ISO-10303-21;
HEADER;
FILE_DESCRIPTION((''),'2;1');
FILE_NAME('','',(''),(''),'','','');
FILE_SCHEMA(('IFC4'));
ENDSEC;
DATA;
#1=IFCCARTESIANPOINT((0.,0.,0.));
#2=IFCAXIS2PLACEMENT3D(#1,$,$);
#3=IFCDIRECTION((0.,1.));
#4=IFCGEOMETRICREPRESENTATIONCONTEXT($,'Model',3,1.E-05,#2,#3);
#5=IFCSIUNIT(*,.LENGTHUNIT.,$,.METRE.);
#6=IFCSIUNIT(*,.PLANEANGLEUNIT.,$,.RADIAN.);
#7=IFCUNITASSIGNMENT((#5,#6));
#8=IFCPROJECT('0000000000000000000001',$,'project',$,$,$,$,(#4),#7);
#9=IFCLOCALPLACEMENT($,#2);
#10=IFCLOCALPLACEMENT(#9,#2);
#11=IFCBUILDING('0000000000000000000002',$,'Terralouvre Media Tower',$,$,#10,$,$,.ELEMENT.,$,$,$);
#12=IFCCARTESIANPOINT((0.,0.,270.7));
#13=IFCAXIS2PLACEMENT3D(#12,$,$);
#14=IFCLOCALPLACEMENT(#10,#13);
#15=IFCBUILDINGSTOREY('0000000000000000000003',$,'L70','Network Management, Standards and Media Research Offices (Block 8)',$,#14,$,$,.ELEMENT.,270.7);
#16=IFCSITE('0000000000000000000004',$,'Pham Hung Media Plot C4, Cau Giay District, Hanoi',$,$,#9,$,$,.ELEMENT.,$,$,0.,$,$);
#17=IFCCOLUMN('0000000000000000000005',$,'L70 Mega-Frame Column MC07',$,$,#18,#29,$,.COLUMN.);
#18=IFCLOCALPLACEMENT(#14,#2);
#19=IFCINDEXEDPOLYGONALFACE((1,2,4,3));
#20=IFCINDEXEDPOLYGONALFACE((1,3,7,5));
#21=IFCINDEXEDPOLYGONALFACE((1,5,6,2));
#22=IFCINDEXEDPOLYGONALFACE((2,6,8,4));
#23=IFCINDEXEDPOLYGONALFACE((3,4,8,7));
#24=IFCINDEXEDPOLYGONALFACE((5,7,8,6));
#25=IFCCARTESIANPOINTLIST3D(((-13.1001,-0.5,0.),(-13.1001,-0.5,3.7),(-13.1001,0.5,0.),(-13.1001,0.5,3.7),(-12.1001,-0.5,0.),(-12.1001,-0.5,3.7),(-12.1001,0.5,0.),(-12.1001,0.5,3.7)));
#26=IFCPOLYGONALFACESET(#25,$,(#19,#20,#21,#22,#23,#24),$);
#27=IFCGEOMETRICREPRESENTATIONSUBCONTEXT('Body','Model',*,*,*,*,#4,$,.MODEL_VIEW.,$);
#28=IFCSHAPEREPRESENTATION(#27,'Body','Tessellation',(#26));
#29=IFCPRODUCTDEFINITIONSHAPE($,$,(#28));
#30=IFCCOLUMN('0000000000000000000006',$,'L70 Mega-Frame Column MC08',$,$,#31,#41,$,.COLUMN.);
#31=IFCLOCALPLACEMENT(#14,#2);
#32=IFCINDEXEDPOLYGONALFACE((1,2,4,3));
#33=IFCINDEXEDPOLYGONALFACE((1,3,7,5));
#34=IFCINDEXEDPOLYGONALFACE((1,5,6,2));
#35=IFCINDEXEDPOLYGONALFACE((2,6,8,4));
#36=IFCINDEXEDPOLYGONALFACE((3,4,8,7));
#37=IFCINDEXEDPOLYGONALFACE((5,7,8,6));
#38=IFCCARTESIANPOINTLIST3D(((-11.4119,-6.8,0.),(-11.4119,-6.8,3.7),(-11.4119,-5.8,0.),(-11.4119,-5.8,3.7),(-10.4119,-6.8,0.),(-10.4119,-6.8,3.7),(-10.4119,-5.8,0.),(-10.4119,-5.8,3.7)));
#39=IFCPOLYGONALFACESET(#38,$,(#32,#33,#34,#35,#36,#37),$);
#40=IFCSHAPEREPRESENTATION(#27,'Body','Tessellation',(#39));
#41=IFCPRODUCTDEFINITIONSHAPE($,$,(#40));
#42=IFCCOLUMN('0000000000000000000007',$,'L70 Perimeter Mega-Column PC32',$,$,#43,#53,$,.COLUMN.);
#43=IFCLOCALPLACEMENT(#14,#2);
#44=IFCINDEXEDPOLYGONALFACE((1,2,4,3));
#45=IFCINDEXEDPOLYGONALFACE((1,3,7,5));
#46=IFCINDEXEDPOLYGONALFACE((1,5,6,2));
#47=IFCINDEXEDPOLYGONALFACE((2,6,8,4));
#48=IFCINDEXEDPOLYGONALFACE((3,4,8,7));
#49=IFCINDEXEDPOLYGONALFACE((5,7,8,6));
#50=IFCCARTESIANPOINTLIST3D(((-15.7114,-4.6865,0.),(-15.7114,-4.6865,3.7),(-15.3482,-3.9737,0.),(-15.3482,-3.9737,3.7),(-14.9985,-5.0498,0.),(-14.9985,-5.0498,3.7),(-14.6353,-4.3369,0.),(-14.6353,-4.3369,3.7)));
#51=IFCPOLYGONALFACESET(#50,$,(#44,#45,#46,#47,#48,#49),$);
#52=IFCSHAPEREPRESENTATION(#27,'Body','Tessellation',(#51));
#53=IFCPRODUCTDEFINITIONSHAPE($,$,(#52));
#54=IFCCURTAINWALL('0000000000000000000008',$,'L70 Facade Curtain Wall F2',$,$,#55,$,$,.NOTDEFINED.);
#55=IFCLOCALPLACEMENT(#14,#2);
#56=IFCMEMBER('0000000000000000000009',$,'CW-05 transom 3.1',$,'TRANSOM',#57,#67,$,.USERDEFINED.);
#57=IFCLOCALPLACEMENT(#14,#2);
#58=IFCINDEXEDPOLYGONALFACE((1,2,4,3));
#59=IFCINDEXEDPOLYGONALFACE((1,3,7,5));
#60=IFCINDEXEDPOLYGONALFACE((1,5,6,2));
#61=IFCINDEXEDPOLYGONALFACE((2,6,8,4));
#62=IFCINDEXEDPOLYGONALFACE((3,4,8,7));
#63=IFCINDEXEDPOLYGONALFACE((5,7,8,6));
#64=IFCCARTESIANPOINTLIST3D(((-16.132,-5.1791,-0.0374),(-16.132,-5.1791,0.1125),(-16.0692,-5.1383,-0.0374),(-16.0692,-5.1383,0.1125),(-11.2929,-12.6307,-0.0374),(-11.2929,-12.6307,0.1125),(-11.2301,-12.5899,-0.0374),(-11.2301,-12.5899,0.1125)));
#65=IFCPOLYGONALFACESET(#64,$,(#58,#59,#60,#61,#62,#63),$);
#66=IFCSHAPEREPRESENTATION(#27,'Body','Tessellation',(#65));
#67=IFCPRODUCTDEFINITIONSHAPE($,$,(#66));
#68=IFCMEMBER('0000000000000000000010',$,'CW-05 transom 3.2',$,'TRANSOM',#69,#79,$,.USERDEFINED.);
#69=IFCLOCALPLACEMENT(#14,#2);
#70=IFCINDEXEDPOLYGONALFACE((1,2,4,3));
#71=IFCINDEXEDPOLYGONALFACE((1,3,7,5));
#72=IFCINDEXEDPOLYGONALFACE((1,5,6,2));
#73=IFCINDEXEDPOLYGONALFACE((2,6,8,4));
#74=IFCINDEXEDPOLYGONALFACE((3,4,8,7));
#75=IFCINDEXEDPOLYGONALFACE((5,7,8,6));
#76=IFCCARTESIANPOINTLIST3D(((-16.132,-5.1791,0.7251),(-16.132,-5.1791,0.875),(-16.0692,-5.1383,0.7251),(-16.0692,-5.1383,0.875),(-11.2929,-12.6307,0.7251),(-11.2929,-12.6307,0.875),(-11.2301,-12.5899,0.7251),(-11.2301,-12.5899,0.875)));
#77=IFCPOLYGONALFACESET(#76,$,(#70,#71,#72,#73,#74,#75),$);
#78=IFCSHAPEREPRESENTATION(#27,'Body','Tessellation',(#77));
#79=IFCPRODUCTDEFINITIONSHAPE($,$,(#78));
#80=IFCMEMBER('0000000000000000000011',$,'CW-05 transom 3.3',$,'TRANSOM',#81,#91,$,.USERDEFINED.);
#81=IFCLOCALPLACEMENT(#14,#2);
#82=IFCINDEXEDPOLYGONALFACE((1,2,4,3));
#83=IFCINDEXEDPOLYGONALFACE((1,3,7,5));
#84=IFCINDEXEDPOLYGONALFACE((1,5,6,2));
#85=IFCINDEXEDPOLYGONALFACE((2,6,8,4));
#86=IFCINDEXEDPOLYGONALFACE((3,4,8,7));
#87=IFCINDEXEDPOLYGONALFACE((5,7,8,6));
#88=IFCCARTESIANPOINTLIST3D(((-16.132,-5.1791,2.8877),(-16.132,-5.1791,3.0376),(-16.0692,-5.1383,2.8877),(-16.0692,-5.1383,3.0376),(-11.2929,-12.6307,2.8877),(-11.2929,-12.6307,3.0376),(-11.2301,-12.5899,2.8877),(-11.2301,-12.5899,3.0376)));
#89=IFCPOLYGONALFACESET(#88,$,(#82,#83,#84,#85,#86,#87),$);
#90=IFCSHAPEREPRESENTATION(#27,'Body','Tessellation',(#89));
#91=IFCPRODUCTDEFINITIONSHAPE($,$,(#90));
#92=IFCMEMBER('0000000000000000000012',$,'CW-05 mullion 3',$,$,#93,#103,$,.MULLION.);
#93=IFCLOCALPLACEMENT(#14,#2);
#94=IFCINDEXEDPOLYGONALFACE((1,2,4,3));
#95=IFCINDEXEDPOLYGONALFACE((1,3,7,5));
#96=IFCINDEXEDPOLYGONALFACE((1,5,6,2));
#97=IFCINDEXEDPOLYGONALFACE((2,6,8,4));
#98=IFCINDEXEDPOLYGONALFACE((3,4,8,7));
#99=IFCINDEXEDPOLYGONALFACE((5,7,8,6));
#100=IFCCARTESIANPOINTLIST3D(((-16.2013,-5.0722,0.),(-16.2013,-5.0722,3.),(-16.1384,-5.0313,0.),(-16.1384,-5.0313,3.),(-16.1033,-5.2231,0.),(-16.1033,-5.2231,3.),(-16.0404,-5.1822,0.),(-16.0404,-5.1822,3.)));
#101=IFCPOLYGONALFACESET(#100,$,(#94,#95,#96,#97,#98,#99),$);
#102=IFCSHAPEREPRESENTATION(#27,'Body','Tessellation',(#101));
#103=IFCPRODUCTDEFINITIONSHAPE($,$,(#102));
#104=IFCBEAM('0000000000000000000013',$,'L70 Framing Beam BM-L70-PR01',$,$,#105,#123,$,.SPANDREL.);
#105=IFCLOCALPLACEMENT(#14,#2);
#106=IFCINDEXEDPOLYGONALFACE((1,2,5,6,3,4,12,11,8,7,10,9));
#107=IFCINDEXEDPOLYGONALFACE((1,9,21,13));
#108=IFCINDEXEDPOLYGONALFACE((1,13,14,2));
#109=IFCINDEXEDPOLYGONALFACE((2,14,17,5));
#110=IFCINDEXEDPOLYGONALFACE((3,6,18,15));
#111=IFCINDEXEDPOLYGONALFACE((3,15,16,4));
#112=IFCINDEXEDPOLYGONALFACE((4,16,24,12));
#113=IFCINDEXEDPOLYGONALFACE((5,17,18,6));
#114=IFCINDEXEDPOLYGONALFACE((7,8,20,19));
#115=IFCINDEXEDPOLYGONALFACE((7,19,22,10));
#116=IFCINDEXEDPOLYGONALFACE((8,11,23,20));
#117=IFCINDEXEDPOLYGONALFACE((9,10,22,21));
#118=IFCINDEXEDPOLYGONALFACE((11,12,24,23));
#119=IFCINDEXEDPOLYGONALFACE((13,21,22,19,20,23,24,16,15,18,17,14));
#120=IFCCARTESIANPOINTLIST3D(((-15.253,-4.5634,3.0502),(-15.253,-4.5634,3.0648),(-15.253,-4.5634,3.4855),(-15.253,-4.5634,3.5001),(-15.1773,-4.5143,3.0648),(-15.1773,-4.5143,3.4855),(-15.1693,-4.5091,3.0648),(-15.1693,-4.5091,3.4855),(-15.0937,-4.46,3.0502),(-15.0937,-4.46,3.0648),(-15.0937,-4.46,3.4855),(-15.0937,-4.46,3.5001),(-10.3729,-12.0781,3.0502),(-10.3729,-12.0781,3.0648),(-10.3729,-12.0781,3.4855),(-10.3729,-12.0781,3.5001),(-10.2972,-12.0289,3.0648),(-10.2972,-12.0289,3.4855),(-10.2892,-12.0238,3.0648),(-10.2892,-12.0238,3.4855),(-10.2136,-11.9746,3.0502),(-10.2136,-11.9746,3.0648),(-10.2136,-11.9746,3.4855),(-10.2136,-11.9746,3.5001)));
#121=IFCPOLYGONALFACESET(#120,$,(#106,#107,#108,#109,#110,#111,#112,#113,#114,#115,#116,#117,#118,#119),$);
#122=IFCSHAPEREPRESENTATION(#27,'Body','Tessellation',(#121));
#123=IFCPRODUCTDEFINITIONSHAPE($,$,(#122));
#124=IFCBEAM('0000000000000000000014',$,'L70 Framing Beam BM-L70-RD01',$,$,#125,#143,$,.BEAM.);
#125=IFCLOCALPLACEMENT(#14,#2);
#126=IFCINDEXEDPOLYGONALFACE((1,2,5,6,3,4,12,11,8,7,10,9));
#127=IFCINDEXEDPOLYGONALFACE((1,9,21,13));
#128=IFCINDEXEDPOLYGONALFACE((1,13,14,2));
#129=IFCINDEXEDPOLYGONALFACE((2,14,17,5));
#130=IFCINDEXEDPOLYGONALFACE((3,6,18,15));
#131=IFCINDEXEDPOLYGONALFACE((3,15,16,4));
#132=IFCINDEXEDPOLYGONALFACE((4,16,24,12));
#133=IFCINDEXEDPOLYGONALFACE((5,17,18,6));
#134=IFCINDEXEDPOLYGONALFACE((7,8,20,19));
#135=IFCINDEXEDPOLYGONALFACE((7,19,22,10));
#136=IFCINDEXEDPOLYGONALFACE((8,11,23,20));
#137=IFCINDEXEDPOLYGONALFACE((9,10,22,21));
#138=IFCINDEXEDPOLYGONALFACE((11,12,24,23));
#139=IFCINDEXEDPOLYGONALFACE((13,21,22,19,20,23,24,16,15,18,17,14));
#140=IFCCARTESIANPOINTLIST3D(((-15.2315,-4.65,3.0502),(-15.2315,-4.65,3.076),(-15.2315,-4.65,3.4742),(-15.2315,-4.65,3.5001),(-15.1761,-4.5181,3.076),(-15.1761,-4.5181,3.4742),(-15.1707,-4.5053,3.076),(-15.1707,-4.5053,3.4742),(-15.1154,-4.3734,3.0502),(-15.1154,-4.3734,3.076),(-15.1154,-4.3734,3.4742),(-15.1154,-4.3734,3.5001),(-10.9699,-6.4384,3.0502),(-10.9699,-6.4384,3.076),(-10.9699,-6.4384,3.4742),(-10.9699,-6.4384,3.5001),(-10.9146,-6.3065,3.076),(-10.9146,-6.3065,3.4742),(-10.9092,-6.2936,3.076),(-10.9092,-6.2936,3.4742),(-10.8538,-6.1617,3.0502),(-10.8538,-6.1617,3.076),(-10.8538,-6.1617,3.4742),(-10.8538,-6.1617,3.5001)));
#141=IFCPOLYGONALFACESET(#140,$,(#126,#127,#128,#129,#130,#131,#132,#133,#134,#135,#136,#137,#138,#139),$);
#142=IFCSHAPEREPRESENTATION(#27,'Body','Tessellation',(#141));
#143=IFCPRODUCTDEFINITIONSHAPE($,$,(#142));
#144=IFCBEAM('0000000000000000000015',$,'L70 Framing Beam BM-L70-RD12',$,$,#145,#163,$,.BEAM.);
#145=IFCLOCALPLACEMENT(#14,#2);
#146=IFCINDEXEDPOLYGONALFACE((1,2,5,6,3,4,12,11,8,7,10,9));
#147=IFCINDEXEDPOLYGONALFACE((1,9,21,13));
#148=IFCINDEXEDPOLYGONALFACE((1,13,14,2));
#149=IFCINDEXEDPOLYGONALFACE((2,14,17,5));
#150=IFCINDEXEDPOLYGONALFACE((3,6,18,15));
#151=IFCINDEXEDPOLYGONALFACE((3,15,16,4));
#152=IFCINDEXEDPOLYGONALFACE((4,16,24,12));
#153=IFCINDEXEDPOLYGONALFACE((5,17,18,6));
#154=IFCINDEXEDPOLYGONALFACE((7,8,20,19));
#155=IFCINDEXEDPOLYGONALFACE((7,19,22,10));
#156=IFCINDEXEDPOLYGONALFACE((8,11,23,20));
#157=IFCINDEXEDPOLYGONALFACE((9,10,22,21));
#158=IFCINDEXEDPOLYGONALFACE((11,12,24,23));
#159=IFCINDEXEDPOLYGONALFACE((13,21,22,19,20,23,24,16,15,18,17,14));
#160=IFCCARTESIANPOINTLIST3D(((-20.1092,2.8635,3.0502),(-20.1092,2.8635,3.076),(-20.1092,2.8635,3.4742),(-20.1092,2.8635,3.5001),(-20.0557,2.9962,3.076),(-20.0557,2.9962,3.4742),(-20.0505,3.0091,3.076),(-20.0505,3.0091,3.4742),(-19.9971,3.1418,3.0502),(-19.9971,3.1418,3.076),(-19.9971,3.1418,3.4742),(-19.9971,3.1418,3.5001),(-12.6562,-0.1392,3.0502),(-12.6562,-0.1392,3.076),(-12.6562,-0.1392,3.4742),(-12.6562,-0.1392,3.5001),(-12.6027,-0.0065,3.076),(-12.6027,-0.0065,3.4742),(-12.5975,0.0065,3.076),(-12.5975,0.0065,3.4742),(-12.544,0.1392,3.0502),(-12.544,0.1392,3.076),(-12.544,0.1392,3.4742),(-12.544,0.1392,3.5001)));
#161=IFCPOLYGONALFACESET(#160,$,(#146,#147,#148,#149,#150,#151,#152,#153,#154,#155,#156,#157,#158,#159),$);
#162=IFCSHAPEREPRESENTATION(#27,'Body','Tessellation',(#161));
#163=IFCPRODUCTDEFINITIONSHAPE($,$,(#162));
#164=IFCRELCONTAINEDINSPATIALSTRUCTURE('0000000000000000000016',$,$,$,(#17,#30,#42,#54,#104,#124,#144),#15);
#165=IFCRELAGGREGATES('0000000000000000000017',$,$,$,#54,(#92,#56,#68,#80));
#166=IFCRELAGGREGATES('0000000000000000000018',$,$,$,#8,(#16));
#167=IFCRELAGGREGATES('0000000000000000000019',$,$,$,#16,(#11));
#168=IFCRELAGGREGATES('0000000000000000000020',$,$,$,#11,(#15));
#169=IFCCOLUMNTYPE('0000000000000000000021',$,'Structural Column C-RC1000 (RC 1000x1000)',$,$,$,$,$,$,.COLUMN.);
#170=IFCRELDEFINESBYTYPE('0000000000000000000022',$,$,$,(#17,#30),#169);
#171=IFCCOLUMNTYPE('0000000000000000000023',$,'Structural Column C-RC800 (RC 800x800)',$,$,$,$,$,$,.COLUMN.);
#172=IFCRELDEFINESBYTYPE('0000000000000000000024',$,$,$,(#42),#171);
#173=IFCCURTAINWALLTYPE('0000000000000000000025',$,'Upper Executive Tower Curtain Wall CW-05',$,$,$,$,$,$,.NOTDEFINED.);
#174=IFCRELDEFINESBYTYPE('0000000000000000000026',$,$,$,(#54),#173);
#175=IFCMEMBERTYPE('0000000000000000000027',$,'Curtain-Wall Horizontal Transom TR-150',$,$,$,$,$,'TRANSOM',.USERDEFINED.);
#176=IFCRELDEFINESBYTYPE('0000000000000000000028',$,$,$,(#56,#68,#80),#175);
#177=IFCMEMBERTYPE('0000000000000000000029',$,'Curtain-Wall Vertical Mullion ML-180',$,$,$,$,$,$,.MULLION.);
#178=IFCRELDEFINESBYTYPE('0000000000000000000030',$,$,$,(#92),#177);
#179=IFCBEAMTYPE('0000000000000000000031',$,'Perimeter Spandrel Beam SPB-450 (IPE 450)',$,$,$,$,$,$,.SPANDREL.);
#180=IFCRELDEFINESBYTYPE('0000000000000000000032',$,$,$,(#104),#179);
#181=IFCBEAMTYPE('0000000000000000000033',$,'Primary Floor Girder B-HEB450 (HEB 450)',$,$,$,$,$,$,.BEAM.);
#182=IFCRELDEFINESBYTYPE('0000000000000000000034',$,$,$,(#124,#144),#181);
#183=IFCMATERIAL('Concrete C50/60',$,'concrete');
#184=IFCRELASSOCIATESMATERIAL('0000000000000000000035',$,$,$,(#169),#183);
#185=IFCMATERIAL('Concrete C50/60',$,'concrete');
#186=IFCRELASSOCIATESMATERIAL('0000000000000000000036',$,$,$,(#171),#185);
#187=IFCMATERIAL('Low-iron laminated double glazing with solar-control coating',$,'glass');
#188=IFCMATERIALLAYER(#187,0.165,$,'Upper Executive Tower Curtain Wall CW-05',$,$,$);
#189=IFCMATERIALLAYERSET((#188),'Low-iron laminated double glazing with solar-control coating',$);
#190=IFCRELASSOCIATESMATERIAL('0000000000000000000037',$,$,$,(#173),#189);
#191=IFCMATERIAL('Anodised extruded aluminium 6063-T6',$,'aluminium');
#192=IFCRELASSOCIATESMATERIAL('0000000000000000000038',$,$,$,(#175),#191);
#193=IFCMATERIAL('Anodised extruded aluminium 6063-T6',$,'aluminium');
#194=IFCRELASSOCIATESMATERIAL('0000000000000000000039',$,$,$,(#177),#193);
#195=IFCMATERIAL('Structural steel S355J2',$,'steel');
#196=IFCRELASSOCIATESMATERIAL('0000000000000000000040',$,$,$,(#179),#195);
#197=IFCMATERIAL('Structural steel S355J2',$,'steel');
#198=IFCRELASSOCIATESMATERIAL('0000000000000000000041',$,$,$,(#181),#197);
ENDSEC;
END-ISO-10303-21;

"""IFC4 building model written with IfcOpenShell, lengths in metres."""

from ifc_helpers import new_model, si_unit, direction, frame, origin, origin_2d, place, context, subcontext, project, spatial, rectangle, i_section, extrude, material, layer, layer_set, material_profile, profile_set, type_object, element, aggregate, save


model = new_model("IFC4")

# Units and contexts
model_context = context("Model", 3, precision=1e-05, world=origin(), true_north=direction((0.0, 1.0)))
body_context = subcontext(model_context, "Body", "Model", "MODEL_VIEW")
ifc_project = project(units=[si_unit("LENGTHUNIT", "METRE"), si_unit("PLANEANGLEUNIT", "RADIAN")], contexts=[model_context])

# Site, building, storey
site_placement = place(None, origin())
site = spatial("IfcSite", under=ifc_project, at=site_placement, Name="Pham Hung Media Plot C4, Cau Giay District, Hanoi", CompositionType="ELEMENT", RefElevation=0.0)
building_placement = place(site_placement, origin())
building = spatial("IfcBuilding", under=site, at=building_placement, Name="Terralouvre Media Tower", CompositionType="ELEMENT")
storey_placement = place(building_placement, frame((0.0, 0.0, 270.7)))
storey = spatial("IfcBuildingStorey", under=building, at=storey_placement, Name="L70", Description="Network Management, Standards and Media Research Offices (Block 8)", CompositionType="ELEMENT", Elevation=270.7)

# Columns
ifc_material_1 = material(Name="Concrete C50/60", Category="concrete")
ifc_material_profile_1 = material_profile(ifc_material_1, rectangle(XDim=1.0, YDim=1.0, at=origin_2d()), Name="RC 1000x1000")
ifc_profile_set_1 = profile_set([ifc_material_profile_1], Name="Concrete C50/60")
column_type_1 = type_object("IfcColumnType", Name="Structural Column C-RC1000 (RC 1000x1000)", PredefinedType="COLUMN", material=ifc_profile_set_1)
for number, where, z_axis, x_axis, name in (
    (1, (-12.6001, 0.0, 0.0), (0.0, 0.0, 1.0), (1.0, 0.0, 0.0), "L70 Mega-Frame Column MC07"),
    (2, (-10.9119, -6.3, 0.0), (0.0, 0.0, 1.0), (1.0, 0.0, 0.0), "L70 Mega-Frame Column MC08"),
):
    element("IfcColumn", number, at=place(storey_placement, frame(where, z_axis=z_axis, x_axis=x_axis)), inside=storey, type_object=column_type_1, Name=name, PredefinedType="COLUMN", context=body_context, shape_type="SweptSolid", body=[
        extrude(rectangle(XDim=1.0, YDim=1.0, at=origin_2d()), origin(), (0.0, 0.0, 1.0), 3.7),
    ])
ifc_material_2 = material(Name="Concrete C50/60", Category="concrete")
ifc_material_profile_2 = material_profile(ifc_material_2, rectangle(XDim=0.8, YDim=0.8, at=origin_2d()), Name="RC 800x800")
ifc_profile_set_2 = profile_set([ifc_material_profile_2], Name="Concrete C50/60")
column_type_2 = type_object("IfcColumnType", Name="Structural Column C-RC800 (RC 800x800)", PredefinedType="COLUMN", material=ifc_profile_set_2)
column_placement = place(storey_placement, frame((-15.1733, -4.5117, 0.0), z_axis=(0.0, 0.0, 1.0), x_axis=(0.45399, 0.891007, 0.0)))
element("IfcColumn", 3, at=column_placement, inside=storey, type_object=column_type_2, Name="L70 Perimeter Mega-Column PC32", PredefinedType="COLUMN", context=body_context, shape_type="SweptSolid", body=[
    extrude(rectangle(XDim=0.8, YDim=0.8, at=origin_2d()), origin(), (0.0, 0.0, 1.0), 3.7),
])

# Curtain wall, members
ifc_material_3 = material(Name="Low-iron laminated double glazing with solar-control coating", Category="glass")
ifc_layer_1 = layer(ifc_material_3, 0.165, Name="Upper Executive Tower Curtain Wall CW-05")
ifc_layer_set_1 = layer_set([ifc_layer_1], Name="Low-iron laminated double glazing with solar-control coating")
curtain_wall_type = type_object("IfcCurtainWallType", Name="Upper Executive Tower Curtain Wall CW-05", PredefinedType="NOTDEFINED", material=ifc_layer_set_1)
curtain_wall_placement = place(storey_placement, origin())
curtain_wall = element("IfcCurtainWall", 4, at=curtain_wall_placement, inside=storey, type_object=curtain_wall_type, Name="L70 Facade Curtain Wall F2", PredefinedType="NOTDEFINED")
ifc_material_4 = material(Name="Anodised extruded aluminium 6063-T6", Category="aluminium")
ifc_material_profile_3 = material_profile(ifc_material_4, rectangle(XDim=0.075, YDim=0.1499, at=origin_2d()), Name="ALU 75x150")
ifc_profile_set_3 = profile_set([ifc_material_profile_3], Name="Anodised extruded aluminium 6063-T6")
member_type_1 = type_object("IfcMemberType", Name="Curtain-Wall Horizontal Transom TR-150", ElementType="TRANSOM", PredefinedType="USERDEFINED", material=ifc_profile_set_3)
member_1_placement = place(storey_placement, frame((-16.1006, -5.1587, 0.0376), z_axis=(0.544635, -0.838673, 0.0), x_axis=(0.838673, 0.544635, 0.0)))
member_1 = element("IfcMember", 5, at=member_1_placement, type_object=member_type_1, Name="CW-05 transom 3.1", ObjectType="TRANSOM", PredefinedType="USERDEFINED", context=body_context, shape_type="SweptSolid", body=[
    extrude(rectangle(XDim=0.075, YDim=0.1499, at=origin_2d()), origin(), (0.0, 0.0, 1.0), 8.885),
])
member_2_placement = place(storey_placement, frame((-16.1006, -5.1587, 0.8), z_axis=(0.544635, -0.838673, 0.0), x_axis=(0.838673, 0.544635, 0.0)))
member_2 = element("IfcMember", 6, at=member_2_placement, type_object=member_type_1, Name="CW-05 transom 3.2", ObjectType="TRANSOM", PredefinedType="USERDEFINED", context=body_context, shape_type="SweptSolid", body=[
    extrude(rectangle(XDim=0.075, YDim=0.1499, at=origin_2d()), origin(), (0.0, 0.0, 1.0), 8.885),
])
member_3_placement = place(storey_placement, frame((-16.1006, -5.1587, 2.9626), z_axis=(0.544635, -0.838673, 0.0), x_axis=(0.838673, 0.544635, 0.0)))
member_3 = element("IfcMember", 7, at=member_3_placement, type_object=member_type_1, Name="CW-05 transom 3.3", ObjectType="TRANSOM", PredefinedType="USERDEFINED", context=body_context, shape_type="SweptSolid", body=[
    extrude(rectangle(XDim=0.075, YDim=0.1499, at=origin_2d()), origin(), (0.0, 0.0, 1.0), 8.885),
])
ifc_material_5 = material(Name="Anodised extruded aluminium 6063-T6", Category="aluminium")
ifc_material_profile_4 = material_profile(ifc_material_5, rectangle(XDim=0.075, YDim=0.1799, at=origin_2d()), Name="ALU 75x180")
ifc_profile_set_4 = profile_set([ifc_material_profile_4], Name="Anodised extruded aluminium 6063-T6")
member_type_2 = type_object("IfcMemberType", Name="Curtain-Wall Vertical Mullion ML-180", PredefinedType="MULLION", material=ifc_profile_set_4)
member_4_placement = place(storey_placement, frame((-16.1208, -5.1272, 0.0), z_axis=(0.0, 0.0, 1.0), x_axis=(0.838671, 0.544639, 0.0)))
member_4 = element("IfcMember", 8, at=member_4_placement, type_object=member_type_2, Name="CW-05 mullion 3", PredefinedType="MULLION", context=body_context, shape_type="SweptSolid", body=[
    extrude(rectangle(XDim=0.075, YDim=0.1799, at=origin_2d()), origin(), (0.0, 0.0, 1.0), 3.0),
])

# Beams
ifc_material_6 = material(Name="Structural steel S355J2", Category="steel")
ifc_material_profile_5 = material_profile(ifc_material_6, i_section(OverallWidth=0.1899, OverallDepth=0.45, WebThickness=0.0095, FlangeThickness=0.0146, at=origin_2d()), Name="IPE 450")
ifc_profile_set_5 = profile_set([ifc_material_profile_5], Name="Structural steel S355J2")
beam_type_1 = type_object("IfcBeamType", Name="Perimeter Spandrel Beam SPB-450 (IPE 450)", PredefinedType="SPANDREL", material=ifc_profile_set_5)
beam_1_placement = place(storey_placement, frame((-15.1733, -4.5117, 3.2751), z_axis=(0.544644, -0.838668, 0.0), x_axis=(0.838668, 0.544644, 0.0)))
element("IfcBeam", 9, at=beam_1_placement, inside=storey, type_object=beam_type_1, Name="L70 Framing Beam BM-L70-PR01", PredefinedType="SPANDREL", context=body_context, shape_type="SweptSolid", body=[
    extrude(i_section(OverallWidth=0.1899, OverallDepth=0.45, WebThickness=0.0095, FlangeThickness=0.0146, at=origin_2d()), origin(), (0.0, 0.0, 1.0), 8.9602),
])
ifc_material_7 = material(Name="Structural steel S355J2", Category="steel")
ifc_material_profile_6 = material_profile(ifc_material_7, i_section(OverallWidth=0.3, OverallDepth=0.45, WebThickness=0.0139, FlangeThickness=0.0259, at=origin_2d()), Name="HEB 450")
ifc_profile_set_6 = profile_set([ifc_material_profile_6], Name="Structural steel S355J2")
beam_type_2 = type_object("IfcBeamType", Name="Primary Floor Girder B-HEB450 (HEB 450)", PredefinedType="BEAM", material=ifc_profile_set_6)
beam_2_placement = place(storey_placement, frame((-10.9119, -6.3, 3.2751), z_axis=(-0.922097, 0.386959, 0.0), x_axis=(-0.386959, -0.922097, 0.0)))
element("IfcBeam", 10, at=beam_2_placement, inside=storey, type_object=beam_type_2, Name="L70 Framing Beam BM-L70-RD01", PredefinedType="BEAM", context=body_context, shape_type="SweptSolid", body=[
    extrude(i_section(OverallWidth=0.3, OverallDepth=0.45, WebThickness=0.0139, FlangeThickness=0.0259, at=origin_2d()), origin(), (0.0, 0.0, 1.0), 4.6216),
])
beam_3_placement = place(storey_placement, frame((-12.6001, 0.0, 3.2751), z_axis=(-0.927554, 0.373689, 0.0), x_axis=(-0.373689, -0.927554, 0.0)))
element("IfcBeam", 11, at=beam_3_placement, inside=storey, type_object=beam_type_2, Name="L70 Framing Beam BM-L70-RD12", PredefinedType="BEAM", context=body_context, shape_type="SweptSolid", body=[
    extrude(i_section(OverallWidth=0.3, OverallDepth=0.45, WebThickness=0.0139, FlangeThickness=0.0259, at=origin_2d()), origin(), (0.0, 0.0, 1.0), 8.0352),
])

aggregate(curtain_wall, [member_4, member_1, member_2, member_3])

save(model, "model.ifc")
